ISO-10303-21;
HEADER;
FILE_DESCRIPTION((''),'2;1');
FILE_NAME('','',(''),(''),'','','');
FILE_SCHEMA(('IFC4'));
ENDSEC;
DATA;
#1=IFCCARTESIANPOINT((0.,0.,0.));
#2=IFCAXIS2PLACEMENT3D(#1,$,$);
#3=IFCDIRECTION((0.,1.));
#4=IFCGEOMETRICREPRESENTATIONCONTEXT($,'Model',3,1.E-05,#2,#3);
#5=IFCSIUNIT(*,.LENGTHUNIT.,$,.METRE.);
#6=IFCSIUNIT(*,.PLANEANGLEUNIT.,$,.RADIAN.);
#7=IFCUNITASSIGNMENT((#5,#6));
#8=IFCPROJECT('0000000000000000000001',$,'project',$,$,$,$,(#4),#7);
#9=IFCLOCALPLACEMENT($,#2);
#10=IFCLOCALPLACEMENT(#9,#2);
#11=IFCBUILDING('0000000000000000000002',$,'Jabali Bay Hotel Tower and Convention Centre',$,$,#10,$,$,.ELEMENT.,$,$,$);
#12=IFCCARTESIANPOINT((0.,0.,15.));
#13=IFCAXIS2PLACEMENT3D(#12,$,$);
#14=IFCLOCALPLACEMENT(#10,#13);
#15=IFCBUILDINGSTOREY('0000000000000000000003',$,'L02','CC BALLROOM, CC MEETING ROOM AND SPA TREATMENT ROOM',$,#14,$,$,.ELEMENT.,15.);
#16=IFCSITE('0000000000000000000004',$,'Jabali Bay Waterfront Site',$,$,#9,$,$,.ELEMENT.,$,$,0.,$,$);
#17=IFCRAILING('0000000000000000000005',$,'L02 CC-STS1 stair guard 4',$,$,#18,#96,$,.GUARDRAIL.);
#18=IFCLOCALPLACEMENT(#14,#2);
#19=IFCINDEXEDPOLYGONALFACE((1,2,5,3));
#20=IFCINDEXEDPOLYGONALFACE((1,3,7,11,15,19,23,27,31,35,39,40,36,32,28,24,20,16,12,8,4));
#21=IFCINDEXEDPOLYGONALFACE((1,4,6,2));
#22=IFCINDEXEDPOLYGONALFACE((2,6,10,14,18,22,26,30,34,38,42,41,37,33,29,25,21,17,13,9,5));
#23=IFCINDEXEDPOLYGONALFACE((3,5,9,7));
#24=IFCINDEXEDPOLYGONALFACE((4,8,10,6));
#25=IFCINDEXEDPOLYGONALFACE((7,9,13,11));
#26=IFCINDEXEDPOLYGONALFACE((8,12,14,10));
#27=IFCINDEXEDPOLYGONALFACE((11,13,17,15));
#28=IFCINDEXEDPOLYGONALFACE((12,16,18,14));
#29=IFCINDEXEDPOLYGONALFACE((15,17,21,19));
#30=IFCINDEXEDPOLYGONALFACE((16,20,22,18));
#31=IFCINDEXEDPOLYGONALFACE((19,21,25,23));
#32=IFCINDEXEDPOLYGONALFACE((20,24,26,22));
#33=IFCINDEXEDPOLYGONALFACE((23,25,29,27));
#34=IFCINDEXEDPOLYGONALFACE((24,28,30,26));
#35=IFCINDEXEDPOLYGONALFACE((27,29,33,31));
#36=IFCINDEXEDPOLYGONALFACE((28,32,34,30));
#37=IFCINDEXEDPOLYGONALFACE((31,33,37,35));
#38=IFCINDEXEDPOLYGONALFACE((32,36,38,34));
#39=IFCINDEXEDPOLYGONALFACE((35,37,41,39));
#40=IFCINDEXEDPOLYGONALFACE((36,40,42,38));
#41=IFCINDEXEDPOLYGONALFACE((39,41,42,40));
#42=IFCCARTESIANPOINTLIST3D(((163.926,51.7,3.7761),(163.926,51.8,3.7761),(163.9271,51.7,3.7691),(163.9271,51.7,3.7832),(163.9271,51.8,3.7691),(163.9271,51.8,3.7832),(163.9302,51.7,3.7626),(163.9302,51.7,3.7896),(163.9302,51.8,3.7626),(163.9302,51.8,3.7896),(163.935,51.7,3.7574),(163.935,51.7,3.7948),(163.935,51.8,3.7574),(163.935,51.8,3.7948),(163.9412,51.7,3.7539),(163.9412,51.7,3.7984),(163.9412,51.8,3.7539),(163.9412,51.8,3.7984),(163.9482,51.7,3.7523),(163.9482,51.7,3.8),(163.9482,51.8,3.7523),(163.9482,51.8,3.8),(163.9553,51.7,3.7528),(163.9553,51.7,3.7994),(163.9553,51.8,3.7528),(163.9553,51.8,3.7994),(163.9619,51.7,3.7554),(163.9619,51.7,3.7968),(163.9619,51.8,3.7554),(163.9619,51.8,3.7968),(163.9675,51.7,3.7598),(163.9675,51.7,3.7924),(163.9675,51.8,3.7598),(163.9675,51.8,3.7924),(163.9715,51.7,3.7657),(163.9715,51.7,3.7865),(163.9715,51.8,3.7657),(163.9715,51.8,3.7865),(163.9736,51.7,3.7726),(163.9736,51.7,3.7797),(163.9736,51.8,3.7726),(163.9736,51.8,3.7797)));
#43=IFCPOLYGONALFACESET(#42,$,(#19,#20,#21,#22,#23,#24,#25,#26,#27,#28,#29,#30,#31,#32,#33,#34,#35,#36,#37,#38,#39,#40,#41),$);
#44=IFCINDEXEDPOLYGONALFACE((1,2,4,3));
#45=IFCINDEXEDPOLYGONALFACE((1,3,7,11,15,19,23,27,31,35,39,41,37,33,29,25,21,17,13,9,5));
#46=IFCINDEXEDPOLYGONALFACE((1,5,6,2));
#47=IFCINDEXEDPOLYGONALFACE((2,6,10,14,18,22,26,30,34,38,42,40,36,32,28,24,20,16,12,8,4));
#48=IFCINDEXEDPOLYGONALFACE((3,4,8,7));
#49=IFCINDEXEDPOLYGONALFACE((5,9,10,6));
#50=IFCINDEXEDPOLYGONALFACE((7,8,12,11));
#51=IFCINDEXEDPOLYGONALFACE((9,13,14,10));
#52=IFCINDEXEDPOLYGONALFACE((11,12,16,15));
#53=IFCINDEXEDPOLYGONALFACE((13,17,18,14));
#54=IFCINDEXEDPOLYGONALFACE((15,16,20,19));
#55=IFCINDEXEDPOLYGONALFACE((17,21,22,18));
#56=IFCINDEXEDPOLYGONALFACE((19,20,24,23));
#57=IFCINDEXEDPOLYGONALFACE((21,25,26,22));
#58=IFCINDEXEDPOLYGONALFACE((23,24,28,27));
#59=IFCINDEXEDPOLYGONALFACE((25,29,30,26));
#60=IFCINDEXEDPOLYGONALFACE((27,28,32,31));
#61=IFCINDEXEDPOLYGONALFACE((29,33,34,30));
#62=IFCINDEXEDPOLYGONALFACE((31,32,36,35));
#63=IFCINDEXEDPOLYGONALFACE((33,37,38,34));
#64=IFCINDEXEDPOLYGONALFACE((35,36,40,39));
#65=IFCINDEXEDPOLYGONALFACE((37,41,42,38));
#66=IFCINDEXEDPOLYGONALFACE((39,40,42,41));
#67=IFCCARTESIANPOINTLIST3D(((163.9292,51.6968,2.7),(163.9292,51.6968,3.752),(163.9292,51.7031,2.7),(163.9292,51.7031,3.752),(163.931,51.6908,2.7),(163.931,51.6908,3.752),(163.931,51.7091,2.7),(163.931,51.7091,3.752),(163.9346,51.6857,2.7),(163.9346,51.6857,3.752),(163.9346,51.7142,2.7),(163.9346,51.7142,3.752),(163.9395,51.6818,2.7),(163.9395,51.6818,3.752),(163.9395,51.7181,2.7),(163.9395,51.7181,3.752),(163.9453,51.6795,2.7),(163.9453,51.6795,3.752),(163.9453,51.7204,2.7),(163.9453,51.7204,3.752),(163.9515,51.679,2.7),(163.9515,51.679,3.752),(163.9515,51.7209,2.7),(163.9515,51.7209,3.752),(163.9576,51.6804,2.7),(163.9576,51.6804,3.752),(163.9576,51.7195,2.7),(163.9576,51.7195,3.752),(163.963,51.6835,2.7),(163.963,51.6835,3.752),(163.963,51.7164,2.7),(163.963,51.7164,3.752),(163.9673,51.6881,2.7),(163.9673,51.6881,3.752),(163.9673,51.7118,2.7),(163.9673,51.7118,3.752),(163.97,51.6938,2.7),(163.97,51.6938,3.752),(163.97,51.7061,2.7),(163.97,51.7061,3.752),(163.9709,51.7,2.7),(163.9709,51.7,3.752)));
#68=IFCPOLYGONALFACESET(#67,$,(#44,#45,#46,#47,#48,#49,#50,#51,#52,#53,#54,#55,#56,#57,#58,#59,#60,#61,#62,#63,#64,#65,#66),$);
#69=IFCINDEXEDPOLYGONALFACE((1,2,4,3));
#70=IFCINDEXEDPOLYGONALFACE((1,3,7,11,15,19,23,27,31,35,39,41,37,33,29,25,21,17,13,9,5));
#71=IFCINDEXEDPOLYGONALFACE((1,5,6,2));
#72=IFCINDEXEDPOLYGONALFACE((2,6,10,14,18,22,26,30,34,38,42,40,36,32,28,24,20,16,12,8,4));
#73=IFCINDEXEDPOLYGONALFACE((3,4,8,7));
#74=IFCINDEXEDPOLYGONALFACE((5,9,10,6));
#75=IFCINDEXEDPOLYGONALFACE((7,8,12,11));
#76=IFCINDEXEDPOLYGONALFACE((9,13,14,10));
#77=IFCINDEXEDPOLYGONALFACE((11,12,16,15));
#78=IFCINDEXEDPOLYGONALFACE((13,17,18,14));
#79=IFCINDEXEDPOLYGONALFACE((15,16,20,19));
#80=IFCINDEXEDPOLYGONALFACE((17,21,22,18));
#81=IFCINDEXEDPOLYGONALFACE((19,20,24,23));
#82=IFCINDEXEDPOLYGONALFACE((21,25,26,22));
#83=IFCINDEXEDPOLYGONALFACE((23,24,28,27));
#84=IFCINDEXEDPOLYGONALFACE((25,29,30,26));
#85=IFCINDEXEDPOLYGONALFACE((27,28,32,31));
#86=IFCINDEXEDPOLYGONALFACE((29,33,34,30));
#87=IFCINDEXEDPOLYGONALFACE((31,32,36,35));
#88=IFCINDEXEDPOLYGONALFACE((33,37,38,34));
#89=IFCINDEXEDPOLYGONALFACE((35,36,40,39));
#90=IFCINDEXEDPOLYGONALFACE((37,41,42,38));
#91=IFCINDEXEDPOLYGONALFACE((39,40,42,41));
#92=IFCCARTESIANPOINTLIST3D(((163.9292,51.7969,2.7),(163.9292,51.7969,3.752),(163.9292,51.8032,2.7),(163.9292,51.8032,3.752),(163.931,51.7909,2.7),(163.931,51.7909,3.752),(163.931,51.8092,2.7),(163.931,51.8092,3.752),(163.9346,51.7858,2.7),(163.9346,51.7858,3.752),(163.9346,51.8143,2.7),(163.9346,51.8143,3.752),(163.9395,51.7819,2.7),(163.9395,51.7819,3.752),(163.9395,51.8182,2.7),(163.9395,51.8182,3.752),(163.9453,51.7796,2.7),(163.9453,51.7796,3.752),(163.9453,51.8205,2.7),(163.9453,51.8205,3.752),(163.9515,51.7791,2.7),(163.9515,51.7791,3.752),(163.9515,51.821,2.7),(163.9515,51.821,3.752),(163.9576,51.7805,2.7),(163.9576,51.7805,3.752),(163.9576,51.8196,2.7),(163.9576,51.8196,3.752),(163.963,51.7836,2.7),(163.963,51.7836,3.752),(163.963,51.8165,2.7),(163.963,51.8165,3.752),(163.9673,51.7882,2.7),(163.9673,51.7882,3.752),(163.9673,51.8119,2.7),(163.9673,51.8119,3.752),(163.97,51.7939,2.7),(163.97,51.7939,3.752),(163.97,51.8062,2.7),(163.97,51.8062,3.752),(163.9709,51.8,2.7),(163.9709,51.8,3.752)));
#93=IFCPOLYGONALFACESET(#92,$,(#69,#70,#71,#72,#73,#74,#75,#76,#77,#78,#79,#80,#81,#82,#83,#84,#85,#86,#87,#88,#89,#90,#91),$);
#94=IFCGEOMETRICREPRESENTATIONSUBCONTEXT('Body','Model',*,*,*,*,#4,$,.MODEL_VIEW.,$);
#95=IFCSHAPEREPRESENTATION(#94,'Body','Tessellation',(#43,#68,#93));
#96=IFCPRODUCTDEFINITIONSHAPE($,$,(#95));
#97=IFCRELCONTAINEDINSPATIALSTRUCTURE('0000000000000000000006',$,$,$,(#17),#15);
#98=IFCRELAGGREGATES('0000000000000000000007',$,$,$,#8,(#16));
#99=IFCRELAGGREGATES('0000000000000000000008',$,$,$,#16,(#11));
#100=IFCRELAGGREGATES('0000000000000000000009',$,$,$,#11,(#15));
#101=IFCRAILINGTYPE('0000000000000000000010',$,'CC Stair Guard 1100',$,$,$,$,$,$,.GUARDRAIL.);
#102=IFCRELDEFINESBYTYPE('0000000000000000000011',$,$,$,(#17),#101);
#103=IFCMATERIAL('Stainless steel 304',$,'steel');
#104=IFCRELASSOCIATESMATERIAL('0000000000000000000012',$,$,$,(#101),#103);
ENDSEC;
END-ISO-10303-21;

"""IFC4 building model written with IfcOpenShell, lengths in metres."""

from ifc_helpers import new_model, si_unit, direction, frame, origin, origin_2d, place, context, subcontext, project, spatial, circle, extrude, material, type_object, element, save


model = new_model("IFC4")

# Units and contexts
model_context = context("Model", 3, precision=1e-05, world=origin(), true_north=direction((0.0, 1.0)))
body_context = subcontext(model_context, "Body", "Model", "MODEL_VIEW")
ifc_project = project(units=[si_unit("LENGTHUNIT", "METRE"), si_unit("PLANEANGLEUNIT", "RADIAN")], contexts=[model_context])

# Site, building, storey
site_placement = place(None, origin())
site = spatial("IfcSite", under=ifc_project, at=site_placement, Name="Jabali Bay Waterfront Site", CompositionType="ELEMENT", RefElevation=0.0)
building_placement = place(site_placement, origin())
building = spatial("IfcBuilding", under=site, at=building_placement, Name="Jabali Bay Hotel Tower and Convention Centre", CompositionType="ELEMENT")
storey_placement = place(building_placement, frame((0.0, 0.0, 15.0)))
storey = spatial("IfcBuildingStorey", under=building, at=storey_placement, Name="L02", Description="CC BALLROOM, CC MEETING ROOM AND SPA TREATMENT ROOM", CompositionType="ELEMENT", Elevation=15.0)

# Railing
ifc_material_1 = material(Name="Stainless steel 304", Category="steel")
railing_type_1 = type_object("IfcRailingType", Name="CC Stair Guard 1100", PredefinedType="GUARDRAIL", material=ifc_material_1)
railing_1_placement = place(storey_placement, frame((163.95, 51.7, 2.7)))
element("IfcRailing", 1, at=railing_1_placement, inside=storey, type_object=railing_type_1, Name="L02 CC-STS1 stair guard 4", PredefinedType="GUARDRAIL", context=body_context, shape_type="SweptSolid", body=[
    extrude(circle(Radius=0.0239, at=origin_2d()), frame((0.0, 0.0, 1.0762), z_axis=(0.0, 1.0, 0.0), x_axis=(-1.0, 0.0, 0.0)), (0.0, 0.0, 1.0), 0.1001),
    extrude(circle(Radius=0.021, at=origin_2d()), origin(), (0.0, 0.0, 1.0), 1.052),
    extrude(circle(Radius=0.021, at=origin_2d()), frame((0.0, 0.1001, 0.0)), (0.0, 0.0, 1.0), 1.052),
])

save(model, "model.ifc")
